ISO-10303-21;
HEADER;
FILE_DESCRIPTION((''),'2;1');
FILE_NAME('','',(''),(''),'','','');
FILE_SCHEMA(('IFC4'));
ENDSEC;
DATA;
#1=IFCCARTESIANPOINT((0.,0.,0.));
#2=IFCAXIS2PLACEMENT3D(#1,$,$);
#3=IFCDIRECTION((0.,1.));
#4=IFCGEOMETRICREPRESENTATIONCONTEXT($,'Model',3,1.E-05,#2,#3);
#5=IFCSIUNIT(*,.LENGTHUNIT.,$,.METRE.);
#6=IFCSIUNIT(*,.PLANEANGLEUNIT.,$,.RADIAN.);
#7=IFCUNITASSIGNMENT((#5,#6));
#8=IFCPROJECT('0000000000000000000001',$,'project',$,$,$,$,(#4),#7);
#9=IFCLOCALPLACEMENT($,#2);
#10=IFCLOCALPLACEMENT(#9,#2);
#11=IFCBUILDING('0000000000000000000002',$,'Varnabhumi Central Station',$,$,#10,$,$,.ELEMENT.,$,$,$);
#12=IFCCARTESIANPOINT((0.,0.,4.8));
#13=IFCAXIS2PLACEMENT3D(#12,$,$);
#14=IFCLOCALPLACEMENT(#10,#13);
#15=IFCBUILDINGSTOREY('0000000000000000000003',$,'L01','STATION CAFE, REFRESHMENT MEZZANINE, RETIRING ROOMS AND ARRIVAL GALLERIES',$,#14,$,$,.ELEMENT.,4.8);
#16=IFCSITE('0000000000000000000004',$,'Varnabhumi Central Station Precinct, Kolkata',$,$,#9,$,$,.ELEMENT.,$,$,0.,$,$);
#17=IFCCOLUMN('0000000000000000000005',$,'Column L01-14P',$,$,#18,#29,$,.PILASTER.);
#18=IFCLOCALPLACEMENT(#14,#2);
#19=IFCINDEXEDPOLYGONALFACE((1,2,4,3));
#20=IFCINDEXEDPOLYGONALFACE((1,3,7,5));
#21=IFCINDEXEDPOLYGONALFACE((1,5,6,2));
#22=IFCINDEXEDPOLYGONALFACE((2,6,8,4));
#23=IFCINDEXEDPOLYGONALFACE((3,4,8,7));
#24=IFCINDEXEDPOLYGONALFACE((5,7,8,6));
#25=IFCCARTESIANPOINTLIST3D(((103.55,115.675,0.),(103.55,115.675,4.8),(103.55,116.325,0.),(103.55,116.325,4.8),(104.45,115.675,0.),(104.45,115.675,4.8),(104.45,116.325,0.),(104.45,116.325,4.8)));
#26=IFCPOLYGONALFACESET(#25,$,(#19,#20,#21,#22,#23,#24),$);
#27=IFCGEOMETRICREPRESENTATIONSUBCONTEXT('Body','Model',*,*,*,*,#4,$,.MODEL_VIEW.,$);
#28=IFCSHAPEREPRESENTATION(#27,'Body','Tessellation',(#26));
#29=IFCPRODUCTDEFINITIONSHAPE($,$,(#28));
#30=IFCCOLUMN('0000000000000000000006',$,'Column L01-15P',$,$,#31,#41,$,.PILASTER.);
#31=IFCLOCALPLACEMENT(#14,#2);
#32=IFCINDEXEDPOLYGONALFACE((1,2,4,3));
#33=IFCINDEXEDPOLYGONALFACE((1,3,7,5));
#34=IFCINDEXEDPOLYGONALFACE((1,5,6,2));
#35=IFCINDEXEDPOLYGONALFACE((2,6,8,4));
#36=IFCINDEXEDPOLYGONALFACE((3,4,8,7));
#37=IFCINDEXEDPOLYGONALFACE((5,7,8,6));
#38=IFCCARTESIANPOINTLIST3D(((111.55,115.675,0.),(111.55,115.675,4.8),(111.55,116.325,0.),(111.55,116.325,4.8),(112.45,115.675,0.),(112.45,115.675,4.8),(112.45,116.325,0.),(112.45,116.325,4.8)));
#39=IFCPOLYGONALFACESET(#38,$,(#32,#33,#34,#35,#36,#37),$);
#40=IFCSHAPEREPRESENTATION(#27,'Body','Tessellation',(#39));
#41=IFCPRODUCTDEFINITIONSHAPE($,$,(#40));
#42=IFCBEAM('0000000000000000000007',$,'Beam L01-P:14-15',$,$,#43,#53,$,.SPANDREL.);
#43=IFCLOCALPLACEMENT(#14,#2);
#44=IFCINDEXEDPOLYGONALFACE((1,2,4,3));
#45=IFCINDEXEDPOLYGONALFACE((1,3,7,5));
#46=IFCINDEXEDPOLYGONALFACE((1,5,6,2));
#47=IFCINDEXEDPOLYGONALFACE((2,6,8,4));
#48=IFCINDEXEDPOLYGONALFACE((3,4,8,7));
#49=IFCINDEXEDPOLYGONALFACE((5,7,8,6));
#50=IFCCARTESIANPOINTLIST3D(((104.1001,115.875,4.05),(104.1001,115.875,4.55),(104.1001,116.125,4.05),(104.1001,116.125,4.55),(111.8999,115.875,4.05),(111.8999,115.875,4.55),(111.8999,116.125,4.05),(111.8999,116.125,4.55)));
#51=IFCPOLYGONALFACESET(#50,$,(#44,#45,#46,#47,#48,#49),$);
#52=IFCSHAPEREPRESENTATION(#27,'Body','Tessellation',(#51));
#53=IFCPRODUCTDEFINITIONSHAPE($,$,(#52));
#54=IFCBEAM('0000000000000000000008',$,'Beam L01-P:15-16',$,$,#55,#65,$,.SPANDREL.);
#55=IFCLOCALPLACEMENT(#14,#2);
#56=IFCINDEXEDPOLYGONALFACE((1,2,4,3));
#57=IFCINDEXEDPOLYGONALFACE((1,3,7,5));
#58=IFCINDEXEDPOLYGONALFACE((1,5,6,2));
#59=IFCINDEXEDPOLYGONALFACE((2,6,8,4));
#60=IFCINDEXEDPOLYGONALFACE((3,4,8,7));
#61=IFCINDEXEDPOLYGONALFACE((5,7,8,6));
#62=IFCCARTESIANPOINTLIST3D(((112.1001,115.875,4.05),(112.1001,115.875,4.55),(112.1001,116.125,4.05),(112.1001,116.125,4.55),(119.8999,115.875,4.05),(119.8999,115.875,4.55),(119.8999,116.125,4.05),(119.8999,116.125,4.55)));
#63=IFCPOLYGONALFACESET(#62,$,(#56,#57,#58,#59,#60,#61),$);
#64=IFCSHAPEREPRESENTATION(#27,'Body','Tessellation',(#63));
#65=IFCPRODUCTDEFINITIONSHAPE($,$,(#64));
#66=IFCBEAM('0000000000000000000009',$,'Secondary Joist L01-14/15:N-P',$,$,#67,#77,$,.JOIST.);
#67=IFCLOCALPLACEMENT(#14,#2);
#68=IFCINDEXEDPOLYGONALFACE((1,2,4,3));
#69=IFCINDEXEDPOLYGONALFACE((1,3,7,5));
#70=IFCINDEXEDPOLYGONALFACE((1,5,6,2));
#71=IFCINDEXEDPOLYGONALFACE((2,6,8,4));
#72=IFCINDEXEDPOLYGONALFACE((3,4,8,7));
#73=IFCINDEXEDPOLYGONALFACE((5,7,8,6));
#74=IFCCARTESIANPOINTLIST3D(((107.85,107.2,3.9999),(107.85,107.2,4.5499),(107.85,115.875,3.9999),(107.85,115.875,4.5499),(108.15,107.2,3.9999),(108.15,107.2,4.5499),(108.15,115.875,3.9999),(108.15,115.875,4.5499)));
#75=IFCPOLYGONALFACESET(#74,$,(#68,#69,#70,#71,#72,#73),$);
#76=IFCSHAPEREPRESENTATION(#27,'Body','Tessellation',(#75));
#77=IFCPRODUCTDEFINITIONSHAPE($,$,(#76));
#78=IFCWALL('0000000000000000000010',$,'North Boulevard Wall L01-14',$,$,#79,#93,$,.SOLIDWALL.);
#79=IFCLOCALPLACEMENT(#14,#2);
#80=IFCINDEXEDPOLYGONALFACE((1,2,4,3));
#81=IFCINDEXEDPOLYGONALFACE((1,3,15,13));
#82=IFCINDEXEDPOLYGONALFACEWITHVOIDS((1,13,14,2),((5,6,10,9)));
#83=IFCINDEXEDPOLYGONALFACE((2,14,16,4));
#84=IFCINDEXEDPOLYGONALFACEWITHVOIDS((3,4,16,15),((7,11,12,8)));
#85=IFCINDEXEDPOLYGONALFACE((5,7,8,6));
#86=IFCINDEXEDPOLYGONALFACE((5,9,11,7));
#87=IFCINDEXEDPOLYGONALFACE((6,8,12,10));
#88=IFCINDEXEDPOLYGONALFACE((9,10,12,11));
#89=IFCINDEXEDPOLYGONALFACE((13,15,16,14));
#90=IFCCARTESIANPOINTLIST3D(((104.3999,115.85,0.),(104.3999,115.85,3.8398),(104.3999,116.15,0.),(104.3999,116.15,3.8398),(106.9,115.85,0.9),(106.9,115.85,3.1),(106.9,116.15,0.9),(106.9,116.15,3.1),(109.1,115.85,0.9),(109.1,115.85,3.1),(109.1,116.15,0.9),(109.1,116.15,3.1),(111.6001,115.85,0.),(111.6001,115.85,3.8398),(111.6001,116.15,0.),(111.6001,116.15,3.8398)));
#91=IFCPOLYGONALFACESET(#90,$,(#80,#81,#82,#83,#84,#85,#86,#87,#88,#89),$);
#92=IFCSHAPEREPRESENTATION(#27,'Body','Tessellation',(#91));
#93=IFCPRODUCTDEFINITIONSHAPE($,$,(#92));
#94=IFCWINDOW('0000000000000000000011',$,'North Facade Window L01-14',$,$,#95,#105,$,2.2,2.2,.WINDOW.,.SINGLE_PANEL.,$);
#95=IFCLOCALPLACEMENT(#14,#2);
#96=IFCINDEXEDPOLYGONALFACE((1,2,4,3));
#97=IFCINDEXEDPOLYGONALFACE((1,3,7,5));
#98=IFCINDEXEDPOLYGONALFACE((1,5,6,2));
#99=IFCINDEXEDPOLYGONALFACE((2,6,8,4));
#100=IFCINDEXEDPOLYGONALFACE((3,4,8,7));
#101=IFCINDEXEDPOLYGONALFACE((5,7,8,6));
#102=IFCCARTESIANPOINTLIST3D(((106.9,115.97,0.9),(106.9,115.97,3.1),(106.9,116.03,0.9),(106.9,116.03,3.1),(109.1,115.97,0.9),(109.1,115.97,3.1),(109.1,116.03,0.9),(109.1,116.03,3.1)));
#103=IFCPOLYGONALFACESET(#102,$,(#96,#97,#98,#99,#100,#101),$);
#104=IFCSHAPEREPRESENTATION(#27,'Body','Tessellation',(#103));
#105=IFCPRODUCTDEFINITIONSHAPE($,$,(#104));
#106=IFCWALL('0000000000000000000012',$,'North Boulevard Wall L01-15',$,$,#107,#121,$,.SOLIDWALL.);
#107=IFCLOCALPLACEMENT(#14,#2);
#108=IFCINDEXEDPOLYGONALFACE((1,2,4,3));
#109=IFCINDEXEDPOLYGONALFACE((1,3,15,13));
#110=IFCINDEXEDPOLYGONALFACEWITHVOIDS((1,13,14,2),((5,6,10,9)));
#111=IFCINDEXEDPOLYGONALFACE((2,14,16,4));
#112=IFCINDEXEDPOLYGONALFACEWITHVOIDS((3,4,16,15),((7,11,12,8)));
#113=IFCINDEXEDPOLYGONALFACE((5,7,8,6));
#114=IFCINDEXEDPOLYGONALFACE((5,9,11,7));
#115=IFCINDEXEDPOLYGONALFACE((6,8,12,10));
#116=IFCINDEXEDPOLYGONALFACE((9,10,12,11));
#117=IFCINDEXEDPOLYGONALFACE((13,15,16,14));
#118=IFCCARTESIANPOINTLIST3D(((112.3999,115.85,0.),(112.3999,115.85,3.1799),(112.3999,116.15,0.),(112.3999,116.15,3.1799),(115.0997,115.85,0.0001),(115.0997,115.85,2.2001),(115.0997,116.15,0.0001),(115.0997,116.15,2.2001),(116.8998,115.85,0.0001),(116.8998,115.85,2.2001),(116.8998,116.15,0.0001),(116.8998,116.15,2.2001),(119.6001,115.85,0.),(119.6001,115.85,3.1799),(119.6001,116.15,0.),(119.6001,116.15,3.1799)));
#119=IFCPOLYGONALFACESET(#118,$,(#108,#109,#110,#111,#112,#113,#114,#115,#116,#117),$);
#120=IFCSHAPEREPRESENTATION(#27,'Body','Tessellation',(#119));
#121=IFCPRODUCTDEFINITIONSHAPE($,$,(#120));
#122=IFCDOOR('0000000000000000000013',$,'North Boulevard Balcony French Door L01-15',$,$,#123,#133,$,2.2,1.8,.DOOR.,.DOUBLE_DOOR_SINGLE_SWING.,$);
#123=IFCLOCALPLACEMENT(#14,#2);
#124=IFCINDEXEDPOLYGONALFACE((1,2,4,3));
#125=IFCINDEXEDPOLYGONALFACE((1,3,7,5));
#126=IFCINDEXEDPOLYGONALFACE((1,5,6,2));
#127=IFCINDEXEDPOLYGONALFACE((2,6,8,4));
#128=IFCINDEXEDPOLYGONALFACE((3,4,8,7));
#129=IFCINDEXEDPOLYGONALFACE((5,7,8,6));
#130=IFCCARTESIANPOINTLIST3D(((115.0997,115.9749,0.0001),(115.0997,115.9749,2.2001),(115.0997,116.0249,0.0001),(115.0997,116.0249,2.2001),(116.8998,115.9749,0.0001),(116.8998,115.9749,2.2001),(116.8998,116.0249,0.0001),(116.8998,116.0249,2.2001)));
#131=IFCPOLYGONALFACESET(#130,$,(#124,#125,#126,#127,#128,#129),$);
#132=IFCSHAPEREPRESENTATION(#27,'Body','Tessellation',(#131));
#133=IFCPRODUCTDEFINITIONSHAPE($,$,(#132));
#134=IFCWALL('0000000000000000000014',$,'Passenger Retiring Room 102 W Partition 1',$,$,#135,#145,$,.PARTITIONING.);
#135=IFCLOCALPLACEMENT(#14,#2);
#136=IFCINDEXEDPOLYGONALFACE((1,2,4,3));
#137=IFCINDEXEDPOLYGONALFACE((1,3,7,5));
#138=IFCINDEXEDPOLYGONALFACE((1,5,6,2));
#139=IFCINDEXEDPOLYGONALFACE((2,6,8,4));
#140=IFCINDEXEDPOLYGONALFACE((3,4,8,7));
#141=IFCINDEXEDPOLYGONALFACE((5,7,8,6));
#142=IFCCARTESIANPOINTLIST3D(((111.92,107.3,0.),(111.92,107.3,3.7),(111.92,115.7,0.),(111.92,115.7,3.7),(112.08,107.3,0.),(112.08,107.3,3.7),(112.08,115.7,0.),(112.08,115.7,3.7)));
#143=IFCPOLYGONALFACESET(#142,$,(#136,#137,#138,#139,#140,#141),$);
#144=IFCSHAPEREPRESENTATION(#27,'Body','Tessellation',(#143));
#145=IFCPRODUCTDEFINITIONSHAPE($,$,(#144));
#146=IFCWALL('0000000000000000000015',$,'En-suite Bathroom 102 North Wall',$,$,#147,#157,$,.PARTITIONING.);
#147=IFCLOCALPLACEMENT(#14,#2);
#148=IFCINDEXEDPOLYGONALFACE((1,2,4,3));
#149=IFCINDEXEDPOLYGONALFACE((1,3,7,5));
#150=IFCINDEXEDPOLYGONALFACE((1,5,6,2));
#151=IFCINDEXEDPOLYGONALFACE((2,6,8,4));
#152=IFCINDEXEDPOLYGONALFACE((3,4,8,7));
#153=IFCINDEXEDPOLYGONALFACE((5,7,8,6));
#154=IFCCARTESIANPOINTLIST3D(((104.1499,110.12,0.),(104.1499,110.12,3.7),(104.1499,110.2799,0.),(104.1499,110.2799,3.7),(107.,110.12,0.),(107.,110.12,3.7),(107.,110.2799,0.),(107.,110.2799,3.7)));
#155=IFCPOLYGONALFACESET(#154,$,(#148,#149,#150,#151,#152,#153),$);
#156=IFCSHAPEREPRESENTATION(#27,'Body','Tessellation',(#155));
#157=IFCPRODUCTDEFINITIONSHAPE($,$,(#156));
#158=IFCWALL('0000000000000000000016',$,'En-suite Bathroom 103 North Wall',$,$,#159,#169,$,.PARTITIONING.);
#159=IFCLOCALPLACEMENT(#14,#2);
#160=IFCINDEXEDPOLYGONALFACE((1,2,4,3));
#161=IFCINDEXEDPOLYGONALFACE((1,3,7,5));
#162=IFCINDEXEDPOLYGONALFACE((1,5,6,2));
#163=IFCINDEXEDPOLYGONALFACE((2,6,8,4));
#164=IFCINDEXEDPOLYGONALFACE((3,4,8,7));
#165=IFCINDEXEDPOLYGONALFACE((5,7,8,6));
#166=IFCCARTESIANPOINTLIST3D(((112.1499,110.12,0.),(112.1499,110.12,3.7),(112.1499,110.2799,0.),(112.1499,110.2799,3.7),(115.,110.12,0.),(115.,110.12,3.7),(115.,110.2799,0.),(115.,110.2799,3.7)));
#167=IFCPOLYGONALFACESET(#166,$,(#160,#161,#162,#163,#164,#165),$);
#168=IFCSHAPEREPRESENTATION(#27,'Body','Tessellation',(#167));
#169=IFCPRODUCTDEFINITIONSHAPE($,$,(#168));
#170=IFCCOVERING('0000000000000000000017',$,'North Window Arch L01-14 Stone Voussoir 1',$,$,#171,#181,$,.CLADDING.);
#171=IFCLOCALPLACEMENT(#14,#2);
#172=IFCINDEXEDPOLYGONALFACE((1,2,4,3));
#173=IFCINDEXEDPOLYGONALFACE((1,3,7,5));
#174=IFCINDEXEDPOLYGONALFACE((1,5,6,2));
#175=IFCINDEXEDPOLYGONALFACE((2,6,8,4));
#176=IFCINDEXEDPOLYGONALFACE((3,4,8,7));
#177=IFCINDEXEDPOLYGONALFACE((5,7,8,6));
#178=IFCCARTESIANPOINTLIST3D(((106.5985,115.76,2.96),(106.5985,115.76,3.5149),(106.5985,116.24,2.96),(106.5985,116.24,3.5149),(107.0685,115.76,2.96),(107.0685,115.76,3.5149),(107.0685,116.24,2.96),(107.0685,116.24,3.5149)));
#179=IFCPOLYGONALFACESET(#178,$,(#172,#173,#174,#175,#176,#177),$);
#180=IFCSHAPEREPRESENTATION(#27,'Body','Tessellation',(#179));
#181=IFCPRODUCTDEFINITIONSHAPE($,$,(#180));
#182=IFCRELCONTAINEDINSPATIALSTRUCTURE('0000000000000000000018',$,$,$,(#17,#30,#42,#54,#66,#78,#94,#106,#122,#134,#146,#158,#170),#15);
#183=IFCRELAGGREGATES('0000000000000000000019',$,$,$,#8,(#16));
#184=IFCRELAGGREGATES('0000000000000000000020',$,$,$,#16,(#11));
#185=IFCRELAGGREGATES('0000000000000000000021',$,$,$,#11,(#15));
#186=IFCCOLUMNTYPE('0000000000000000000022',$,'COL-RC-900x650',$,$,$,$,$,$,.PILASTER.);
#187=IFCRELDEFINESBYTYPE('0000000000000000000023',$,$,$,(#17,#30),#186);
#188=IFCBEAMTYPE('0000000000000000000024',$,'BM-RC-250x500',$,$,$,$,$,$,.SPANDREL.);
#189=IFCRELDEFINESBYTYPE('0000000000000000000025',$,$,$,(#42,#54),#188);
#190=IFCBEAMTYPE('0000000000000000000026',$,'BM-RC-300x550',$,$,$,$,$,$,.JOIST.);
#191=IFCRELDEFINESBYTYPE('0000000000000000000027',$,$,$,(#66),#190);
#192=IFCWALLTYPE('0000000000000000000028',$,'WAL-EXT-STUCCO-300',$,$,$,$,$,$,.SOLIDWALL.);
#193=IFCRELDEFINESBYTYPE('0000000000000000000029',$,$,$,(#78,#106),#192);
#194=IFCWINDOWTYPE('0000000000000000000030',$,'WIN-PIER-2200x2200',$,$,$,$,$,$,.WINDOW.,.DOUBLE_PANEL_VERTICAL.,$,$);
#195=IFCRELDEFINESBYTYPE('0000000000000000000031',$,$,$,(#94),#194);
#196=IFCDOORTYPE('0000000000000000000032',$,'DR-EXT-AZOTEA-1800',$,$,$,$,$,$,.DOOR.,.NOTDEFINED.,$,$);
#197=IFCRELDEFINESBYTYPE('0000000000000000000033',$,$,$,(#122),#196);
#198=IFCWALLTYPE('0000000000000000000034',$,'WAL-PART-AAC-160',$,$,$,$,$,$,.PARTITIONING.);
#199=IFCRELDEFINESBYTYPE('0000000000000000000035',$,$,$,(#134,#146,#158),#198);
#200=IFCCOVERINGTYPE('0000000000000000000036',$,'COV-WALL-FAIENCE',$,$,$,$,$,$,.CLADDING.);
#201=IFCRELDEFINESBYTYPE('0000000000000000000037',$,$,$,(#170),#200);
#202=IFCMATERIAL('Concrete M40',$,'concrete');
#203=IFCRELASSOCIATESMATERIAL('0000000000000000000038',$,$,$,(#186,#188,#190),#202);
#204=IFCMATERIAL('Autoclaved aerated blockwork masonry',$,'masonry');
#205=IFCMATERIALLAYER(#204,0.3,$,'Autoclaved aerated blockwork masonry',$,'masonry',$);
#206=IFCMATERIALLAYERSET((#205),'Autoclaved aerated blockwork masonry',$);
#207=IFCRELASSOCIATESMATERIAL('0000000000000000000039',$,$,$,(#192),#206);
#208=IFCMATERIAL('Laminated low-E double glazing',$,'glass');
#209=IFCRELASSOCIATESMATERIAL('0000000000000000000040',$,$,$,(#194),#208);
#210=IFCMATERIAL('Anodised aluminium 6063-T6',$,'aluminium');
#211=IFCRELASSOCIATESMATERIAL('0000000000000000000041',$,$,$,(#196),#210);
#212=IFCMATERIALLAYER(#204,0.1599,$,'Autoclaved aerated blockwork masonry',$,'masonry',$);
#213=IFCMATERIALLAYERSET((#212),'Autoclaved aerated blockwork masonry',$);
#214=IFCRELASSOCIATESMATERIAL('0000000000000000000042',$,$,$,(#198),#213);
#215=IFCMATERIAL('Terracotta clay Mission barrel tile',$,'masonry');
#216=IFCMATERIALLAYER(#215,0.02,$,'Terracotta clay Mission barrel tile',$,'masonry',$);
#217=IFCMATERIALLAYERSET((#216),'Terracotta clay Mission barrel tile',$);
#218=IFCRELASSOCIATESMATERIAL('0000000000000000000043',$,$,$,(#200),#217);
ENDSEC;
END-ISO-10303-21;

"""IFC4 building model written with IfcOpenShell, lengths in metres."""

from ifc_helpers import new_model, si_unit, direction, frame, frame_2d, origin, origin_2d, place, context, subcontext, project, spatial, rectangle, extrude, material, layer, layer_set, material_profile, profile_set, type_object, element, fill, save


model = new_model("IFC4")

# Units and contexts
model_context = context("Model", 3, precision=1e-05, world=origin(), true_north=direction((0.0, 1.0)))
body_context = subcontext(model_context, "Body", "Model", "MODEL_VIEW")
ifc_project = project(units=[si_unit("LENGTHUNIT", "METRE"), si_unit("PLANEANGLEUNIT", "RADIAN")], contexts=[model_context])

# Site, building, storey
site_placement = place(None, origin())
site = spatial("IfcSite", under=ifc_project, at=site_placement, Name="Varnabhumi Central Station Precinct, Kolkata", CompositionType="ELEMENT", RefElevation=0.0)
building_placement = place(site_placement, origin())
building = spatial("IfcBuilding", under=site, at=building_placement, Name="Varnabhumi Central Station", CompositionType="ELEMENT")
storey_placement = place(building_placement, frame((0.0, 0.0, 4.8)))
storey = spatial("IfcBuildingStorey", under=building, at=storey_placement, Name="L01", Description="STATION CAFE, REFRESHMENT MEZZANINE, RETIRING ROOMS AND ARRIVAL GALLERIES", CompositionType="ELEMENT", Elevation=4.8)

# Columns
ifc_material_1 = material(Name="Concrete M40", Category="concrete")
ifc_material_profile_1 = material_profile(ifc_material_1, rectangle(XDim=0.8999, YDim=0.6499, at=origin_2d()), Name="Concrete M40", Category="concrete")
ifc_profile_set_1 = profile_set([ifc_material_profile_1], Name="Concrete M40")
column_type = type_object("IfcColumnType", Name="COL-RC-900x650", PredefinedType="PILASTER", material=ifc_profile_set_1)
for number, where, z_axis, x_axis, name in (
    (1, (104.0, 116.0, 0.0), (0.0, 0.0, 1.0), (1.0, 0.0, 0.0), "Column L01-14P"),
    (2, (112.0, 116.0, 0.0), (0.0, 0.0, 1.0), (1.0, 0.0, 0.0), "Column L01-15P"),
):
    element("IfcColumn", number, at=place(storey_placement, frame(where, z_axis=z_axis, x_axis=x_axis)), inside=storey, type_object=column_type, Name=name, PredefinedType="PILASTER", context=body_context, shape_type="SweptSolid", body=[
        extrude(rectangle(XDim=0.8999, YDim=0.6499, at=origin_2d()), origin(), (0.0, 0.0, 1.0), 4.8),
    ])

# Beams
ifc_material_profile_2 = material_profile(ifc_material_1, rectangle(XDim=0.25, YDim=0.5, at=origin_2d()), Name="Concrete M40", Category="concrete")
ifc_profile_set_2 = profile_set([ifc_material_profile_2], Name="Concrete M40")
beam_type_1 = type_object("IfcBeamType", Name="BM-RC-250x500", PredefinedType="SPANDREL", material=ifc_profile_set_2)
for number, where, z_axis, x_axis, name in (
    (3, (104.1001, 116.0, 4.3), (1.0, 0.0, 0.0), (0.0, 1.0, 0.0), "Beam L01-P:14-15"),
    (4, (112.1001, 116.0, 4.3), (1.0, 0.0, 0.0), (0.0, 1.0, 0.0), "Beam L01-P:15-16"),
):
    element("IfcBeam", number, at=place(storey_placement, frame(where, z_axis=z_axis, x_axis=x_axis)), inside=storey, type_object=beam_type_1, Name=name, PredefinedType="SPANDREL", context=body_context, shape_type="SweptSolid", body=[
        extrude(rectangle(XDim=0.25, YDim=0.5, at=origin_2d()), origin(), (0.0, 0.0, 1.0), 7.7998),
    ])
ifc_material_profile_3 = material_profile(ifc_material_1, rectangle(XDim=0.3, YDim=0.55, at=origin_2d()), Name="Concrete M40", Category="concrete")
ifc_profile_set_3 = profile_set([ifc_material_profile_3], Name="Concrete M40")
beam_type_2 = type_object("IfcBeamType", Name="BM-RC-300x550", PredefinedType="JOIST", material=ifc_profile_set_3)
beam_placement = place(storey_placement, frame((108.0, 107.2, 4.2749), z_axis=(0.0, 1.0, 0.0), x_axis=(-1.0, 0.0, 0.0)))
element("IfcBeam", 5, at=beam_placement, inside=storey, type_object=beam_type_2, Name="Secondary Joist L01-14/15:N-P", PredefinedType="JOIST", context=body_context, shape_type="SweptSolid", body=[
    extrude(rectangle(XDim=0.3, YDim=0.55, at=origin_2d()), origin(), (0.0, 0.0, 1.0), 8.675),
])

# Wall, opening, window
ifc_material_2 = material(Name="Autoclaved aerated blockwork masonry", Category="masonry")
ifc_layer_1 = layer(ifc_material_2, 0.3, Name="Autoclaved aerated blockwork masonry", Category="masonry")
ifc_layer_set_1 = layer_set([ifc_layer_1], Name="Autoclaved aerated blockwork masonry")
wall_type_1 = type_object("IfcWallType", Name="WAL-EXT-STUCCO-300", PredefinedType="SOLIDWALL", material=ifc_layer_set_1)
wall_1_placement = place(storey_placement, frame((104.3999, 116.0, 0.0), z_axis=(0.0, 0.0, 1.0), x_axis=(1.0, 0.0, 0.0)))
wall_1 = element("IfcWall", 6, at=wall_1_placement, inside=storey, type_object=wall_type_1, Name="North Boulevard Wall L01-14", PredefinedType="SOLIDWALL", context=body_context, shape_type="SweptSolid", body=[
    extrude(rectangle(XDim=7.2002, YDim=0.3, at=frame_2d((3.6001, 0.0))), origin(), (0.0, 0.0, 1.0), 3.8398),
])
opening_1_placement = place(wall_1_placement, frame((2.5, 0.0, 0.8999)))
opening_1 = element("IfcOpeningElement", 7, at=opening_1_placement, cuts=wall_1, PredefinedType="OPENING", context=body_context, shape_type="SweptSolid", body=[
    extrude(rectangle(XDim=2.2, YDim=2.2, at=frame_2d((1.1001, 1.1001))), frame((0.0, 0.1599, 0.0), z_axis=(0.0, -1.0, 0.0), x_axis=(1.0, 0.0, 0.0)), (0.0, 0.0, 1.0), 0.3201),
])
ifc_material_3 = material(Name="Laminated low-E double glazing", Category="glass")
window_type = type_object("IfcWindowType", Name="WIN-PIER-2200x2200", PartitioningType="DOUBLE_PANEL_VERTICAL", PredefinedType="WINDOW", material=ifc_material_3)
window_placement = place(opening_1_placement, origin())
window = element("IfcWindow", 8, at=window_placement, inside=storey, type_object=window_type, Name="North Facade Window L01-14", OverallHeight=2.2, OverallWidth=2.2, PartitioningType="SINGLE_PANEL", PredefinedType="WINDOW", context=body_context, shape_type="SweptSolid", body=[
    extrude(rectangle(XDim=2.2, YDim=2.2, at=frame_2d((1.1001, 1.1001))), frame((0.0, 0.03, 0.0), z_axis=(0.0, -1.0, 0.0), x_axis=(1.0, 0.0, 0.0)), (0.0, 0.0, 1.0), 0.0601),
])
fill(opening_1, window)

# Wall, opening, door
wall_2_placement = place(storey_placement, frame((112.3999, 116.0, 0.0), z_axis=(0.0, 0.0, 1.0), x_axis=(1.0, 0.0, 0.0)))
wall_2 = element("IfcWall", 9, at=wall_2_placement, inside=storey, type_object=wall_type_1, Name="North Boulevard Wall L01-15", PredefinedType="SOLIDWALL", context=body_context, shape_type="SweptSolid", body=[
    extrude(rectangle(XDim=7.2002, YDim=0.3, at=frame_2d((3.6001, 0.0))), origin(), (0.0, 0.0, 1.0), 3.1799),
])
opening_2_placement = place(wall_2_placement, frame((2.7, 0.0, 0.0)))
opening_2 = element("IfcOpeningElement", 10, at=opening_2_placement, cuts=wall_2, PredefinedType="OPENING", context=body_context, shape_type="SweptSolid", body=[
    extrude(rectangle(XDim=1.8, YDim=2.2, at=frame_2d((0.8999, 1.1001))), frame((0.0, 0.1599, 0.0), z_axis=(0.0, -1.0, 0.0), x_axis=(1.0, 0.0, 0.0)), (0.0, 0.0, 1.0), 0.3201),
])
ifc_material_4 = material(Name="Anodised aluminium 6063-T6", Category="aluminium")
door_type = type_object("IfcDoorType", Name="DR-EXT-AZOTEA-1800", OperationType="NOTDEFINED", PredefinedType="DOOR", material=ifc_material_4)
door_placement = place(opening_2_placement, origin())
door = element("IfcDoor", 11, at=door_placement, inside=storey, type_object=door_type, Name="North Boulevard Balcony French Door L01-15", OperationType="DOUBLE_DOOR_SINGLE_SWING", OverallHeight=2.2, OverallWidth=1.8, PredefinedType="DOOR", context=body_context, shape_type="SweptSolid", body=[
    extrude(rectangle(XDim=1.8, YDim=2.2, at=frame_2d((0.8999, 1.1001))), frame((0.0, 0.0249, 0.0), z_axis=(0.0, -1.0, 0.0), x_axis=(1.0, 0.0, 0.0)), (0.0, 0.0, 1.0), 0.05),
])
fill(opening_2, door)

# Walls
ifc_layer_2 = layer(ifc_material_2, 0.1599, Name="Autoclaved aerated blockwork masonry", Category="masonry")
ifc_layer_set_2 = layer_set([ifc_layer_2], Name="Autoclaved aerated blockwork masonry")
wall_type_2 = type_object("IfcWallType", Name="WAL-PART-AAC-160", PredefinedType="PARTITIONING", material=ifc_layer_set_2)
wall_3_placement = place(storey_placement, frame((112.0, 107.3, 0.0), z_axis=(0.0, 0.0, 1.0), x_axis=(0.0, 1.0, 0.0)))
element("IfcWall", 12, at=wall_3_placement, inside=storey, type_object=wall_type_2, Name="Passenger Retiring Room 102 W Partition 1", PredefinedType="PARTITIONING", context=body_context, shape_type="SweptSolid", body=[
    extrude(rectangle(XDim=8.3999, YDim=0.1599, at=frame_2d((4.2, 0.0))), origin(), (0.0, 0.0, 1.0), 3.7),
])
for number, where, z_axis, x_axis, name in (
    (13, (104.1499, 110.2, 0.0), (0.0, 0.0, 1.0), (1.0, 0.0, 0.0), "En-suite Bathroom 102 North Wall"),
    (14, (112.1499, 110.2, 0.0), (0.0, 0.0, 1.0), (1.0, 0.0, 0.0), "En-suite Bathroom 103 North Wall"),
):
    element("IfcWall", number, at=place(storey_placement, frame(where, z_axis=z_axis, x_axis=x_axis)), inside=storey, type_object=wall_type_2, Name=name, PredefinedType="PARTITIONING", context=body_context, shape_type="SweptSolid", body=[
        extrude(rectangle(XDim=2.8501, YDim=0.1599, at=frame_2d((1.425, 0.0))), origin(), (0.0, 0.0, 1.0), 3.7),
    ])

# Covering
ifc_material_5 = material(Name="Terracotta clay Mission barrel tile", Category="masonry")
ifc_layer_3 = layer(ifc_material_5, 0.02, Name="Terracotta clay Mission barrel tile", Category="masonry")
ifc_layer_set_3 = layer_set([ifc_layer_3], Name="Terracotta clay Mission barrel tile")
covering_type = type_object("IfcCoveringType", Name="COV-WALL-FAIENCE", PredefinedType="CLADDING", material=ifc_layer_set_3)
covering_1_placement = place(storey_placement, frame((106.8335, 116.0, 2.96), z_axis=(0.0, 0.0, 1.0), x_axis=(1.0, 0.0, 0.0)))
element("IfcCovering", 15, at=covering_1_placement, inside=storey, type_object=covering_type, Name="North Window Arch L01-14 Stone Voussoir 1", PredefinedType="CLADDING", context=body_context, shape_type="SweptSolid", body=[
    extrude(rectangle(XDim=0.47, YDim=0.48, at=origin_2d()), origin(), (0.0, 0.0, 1.0), 0.5549),
])

save(model, "model.ifc")
